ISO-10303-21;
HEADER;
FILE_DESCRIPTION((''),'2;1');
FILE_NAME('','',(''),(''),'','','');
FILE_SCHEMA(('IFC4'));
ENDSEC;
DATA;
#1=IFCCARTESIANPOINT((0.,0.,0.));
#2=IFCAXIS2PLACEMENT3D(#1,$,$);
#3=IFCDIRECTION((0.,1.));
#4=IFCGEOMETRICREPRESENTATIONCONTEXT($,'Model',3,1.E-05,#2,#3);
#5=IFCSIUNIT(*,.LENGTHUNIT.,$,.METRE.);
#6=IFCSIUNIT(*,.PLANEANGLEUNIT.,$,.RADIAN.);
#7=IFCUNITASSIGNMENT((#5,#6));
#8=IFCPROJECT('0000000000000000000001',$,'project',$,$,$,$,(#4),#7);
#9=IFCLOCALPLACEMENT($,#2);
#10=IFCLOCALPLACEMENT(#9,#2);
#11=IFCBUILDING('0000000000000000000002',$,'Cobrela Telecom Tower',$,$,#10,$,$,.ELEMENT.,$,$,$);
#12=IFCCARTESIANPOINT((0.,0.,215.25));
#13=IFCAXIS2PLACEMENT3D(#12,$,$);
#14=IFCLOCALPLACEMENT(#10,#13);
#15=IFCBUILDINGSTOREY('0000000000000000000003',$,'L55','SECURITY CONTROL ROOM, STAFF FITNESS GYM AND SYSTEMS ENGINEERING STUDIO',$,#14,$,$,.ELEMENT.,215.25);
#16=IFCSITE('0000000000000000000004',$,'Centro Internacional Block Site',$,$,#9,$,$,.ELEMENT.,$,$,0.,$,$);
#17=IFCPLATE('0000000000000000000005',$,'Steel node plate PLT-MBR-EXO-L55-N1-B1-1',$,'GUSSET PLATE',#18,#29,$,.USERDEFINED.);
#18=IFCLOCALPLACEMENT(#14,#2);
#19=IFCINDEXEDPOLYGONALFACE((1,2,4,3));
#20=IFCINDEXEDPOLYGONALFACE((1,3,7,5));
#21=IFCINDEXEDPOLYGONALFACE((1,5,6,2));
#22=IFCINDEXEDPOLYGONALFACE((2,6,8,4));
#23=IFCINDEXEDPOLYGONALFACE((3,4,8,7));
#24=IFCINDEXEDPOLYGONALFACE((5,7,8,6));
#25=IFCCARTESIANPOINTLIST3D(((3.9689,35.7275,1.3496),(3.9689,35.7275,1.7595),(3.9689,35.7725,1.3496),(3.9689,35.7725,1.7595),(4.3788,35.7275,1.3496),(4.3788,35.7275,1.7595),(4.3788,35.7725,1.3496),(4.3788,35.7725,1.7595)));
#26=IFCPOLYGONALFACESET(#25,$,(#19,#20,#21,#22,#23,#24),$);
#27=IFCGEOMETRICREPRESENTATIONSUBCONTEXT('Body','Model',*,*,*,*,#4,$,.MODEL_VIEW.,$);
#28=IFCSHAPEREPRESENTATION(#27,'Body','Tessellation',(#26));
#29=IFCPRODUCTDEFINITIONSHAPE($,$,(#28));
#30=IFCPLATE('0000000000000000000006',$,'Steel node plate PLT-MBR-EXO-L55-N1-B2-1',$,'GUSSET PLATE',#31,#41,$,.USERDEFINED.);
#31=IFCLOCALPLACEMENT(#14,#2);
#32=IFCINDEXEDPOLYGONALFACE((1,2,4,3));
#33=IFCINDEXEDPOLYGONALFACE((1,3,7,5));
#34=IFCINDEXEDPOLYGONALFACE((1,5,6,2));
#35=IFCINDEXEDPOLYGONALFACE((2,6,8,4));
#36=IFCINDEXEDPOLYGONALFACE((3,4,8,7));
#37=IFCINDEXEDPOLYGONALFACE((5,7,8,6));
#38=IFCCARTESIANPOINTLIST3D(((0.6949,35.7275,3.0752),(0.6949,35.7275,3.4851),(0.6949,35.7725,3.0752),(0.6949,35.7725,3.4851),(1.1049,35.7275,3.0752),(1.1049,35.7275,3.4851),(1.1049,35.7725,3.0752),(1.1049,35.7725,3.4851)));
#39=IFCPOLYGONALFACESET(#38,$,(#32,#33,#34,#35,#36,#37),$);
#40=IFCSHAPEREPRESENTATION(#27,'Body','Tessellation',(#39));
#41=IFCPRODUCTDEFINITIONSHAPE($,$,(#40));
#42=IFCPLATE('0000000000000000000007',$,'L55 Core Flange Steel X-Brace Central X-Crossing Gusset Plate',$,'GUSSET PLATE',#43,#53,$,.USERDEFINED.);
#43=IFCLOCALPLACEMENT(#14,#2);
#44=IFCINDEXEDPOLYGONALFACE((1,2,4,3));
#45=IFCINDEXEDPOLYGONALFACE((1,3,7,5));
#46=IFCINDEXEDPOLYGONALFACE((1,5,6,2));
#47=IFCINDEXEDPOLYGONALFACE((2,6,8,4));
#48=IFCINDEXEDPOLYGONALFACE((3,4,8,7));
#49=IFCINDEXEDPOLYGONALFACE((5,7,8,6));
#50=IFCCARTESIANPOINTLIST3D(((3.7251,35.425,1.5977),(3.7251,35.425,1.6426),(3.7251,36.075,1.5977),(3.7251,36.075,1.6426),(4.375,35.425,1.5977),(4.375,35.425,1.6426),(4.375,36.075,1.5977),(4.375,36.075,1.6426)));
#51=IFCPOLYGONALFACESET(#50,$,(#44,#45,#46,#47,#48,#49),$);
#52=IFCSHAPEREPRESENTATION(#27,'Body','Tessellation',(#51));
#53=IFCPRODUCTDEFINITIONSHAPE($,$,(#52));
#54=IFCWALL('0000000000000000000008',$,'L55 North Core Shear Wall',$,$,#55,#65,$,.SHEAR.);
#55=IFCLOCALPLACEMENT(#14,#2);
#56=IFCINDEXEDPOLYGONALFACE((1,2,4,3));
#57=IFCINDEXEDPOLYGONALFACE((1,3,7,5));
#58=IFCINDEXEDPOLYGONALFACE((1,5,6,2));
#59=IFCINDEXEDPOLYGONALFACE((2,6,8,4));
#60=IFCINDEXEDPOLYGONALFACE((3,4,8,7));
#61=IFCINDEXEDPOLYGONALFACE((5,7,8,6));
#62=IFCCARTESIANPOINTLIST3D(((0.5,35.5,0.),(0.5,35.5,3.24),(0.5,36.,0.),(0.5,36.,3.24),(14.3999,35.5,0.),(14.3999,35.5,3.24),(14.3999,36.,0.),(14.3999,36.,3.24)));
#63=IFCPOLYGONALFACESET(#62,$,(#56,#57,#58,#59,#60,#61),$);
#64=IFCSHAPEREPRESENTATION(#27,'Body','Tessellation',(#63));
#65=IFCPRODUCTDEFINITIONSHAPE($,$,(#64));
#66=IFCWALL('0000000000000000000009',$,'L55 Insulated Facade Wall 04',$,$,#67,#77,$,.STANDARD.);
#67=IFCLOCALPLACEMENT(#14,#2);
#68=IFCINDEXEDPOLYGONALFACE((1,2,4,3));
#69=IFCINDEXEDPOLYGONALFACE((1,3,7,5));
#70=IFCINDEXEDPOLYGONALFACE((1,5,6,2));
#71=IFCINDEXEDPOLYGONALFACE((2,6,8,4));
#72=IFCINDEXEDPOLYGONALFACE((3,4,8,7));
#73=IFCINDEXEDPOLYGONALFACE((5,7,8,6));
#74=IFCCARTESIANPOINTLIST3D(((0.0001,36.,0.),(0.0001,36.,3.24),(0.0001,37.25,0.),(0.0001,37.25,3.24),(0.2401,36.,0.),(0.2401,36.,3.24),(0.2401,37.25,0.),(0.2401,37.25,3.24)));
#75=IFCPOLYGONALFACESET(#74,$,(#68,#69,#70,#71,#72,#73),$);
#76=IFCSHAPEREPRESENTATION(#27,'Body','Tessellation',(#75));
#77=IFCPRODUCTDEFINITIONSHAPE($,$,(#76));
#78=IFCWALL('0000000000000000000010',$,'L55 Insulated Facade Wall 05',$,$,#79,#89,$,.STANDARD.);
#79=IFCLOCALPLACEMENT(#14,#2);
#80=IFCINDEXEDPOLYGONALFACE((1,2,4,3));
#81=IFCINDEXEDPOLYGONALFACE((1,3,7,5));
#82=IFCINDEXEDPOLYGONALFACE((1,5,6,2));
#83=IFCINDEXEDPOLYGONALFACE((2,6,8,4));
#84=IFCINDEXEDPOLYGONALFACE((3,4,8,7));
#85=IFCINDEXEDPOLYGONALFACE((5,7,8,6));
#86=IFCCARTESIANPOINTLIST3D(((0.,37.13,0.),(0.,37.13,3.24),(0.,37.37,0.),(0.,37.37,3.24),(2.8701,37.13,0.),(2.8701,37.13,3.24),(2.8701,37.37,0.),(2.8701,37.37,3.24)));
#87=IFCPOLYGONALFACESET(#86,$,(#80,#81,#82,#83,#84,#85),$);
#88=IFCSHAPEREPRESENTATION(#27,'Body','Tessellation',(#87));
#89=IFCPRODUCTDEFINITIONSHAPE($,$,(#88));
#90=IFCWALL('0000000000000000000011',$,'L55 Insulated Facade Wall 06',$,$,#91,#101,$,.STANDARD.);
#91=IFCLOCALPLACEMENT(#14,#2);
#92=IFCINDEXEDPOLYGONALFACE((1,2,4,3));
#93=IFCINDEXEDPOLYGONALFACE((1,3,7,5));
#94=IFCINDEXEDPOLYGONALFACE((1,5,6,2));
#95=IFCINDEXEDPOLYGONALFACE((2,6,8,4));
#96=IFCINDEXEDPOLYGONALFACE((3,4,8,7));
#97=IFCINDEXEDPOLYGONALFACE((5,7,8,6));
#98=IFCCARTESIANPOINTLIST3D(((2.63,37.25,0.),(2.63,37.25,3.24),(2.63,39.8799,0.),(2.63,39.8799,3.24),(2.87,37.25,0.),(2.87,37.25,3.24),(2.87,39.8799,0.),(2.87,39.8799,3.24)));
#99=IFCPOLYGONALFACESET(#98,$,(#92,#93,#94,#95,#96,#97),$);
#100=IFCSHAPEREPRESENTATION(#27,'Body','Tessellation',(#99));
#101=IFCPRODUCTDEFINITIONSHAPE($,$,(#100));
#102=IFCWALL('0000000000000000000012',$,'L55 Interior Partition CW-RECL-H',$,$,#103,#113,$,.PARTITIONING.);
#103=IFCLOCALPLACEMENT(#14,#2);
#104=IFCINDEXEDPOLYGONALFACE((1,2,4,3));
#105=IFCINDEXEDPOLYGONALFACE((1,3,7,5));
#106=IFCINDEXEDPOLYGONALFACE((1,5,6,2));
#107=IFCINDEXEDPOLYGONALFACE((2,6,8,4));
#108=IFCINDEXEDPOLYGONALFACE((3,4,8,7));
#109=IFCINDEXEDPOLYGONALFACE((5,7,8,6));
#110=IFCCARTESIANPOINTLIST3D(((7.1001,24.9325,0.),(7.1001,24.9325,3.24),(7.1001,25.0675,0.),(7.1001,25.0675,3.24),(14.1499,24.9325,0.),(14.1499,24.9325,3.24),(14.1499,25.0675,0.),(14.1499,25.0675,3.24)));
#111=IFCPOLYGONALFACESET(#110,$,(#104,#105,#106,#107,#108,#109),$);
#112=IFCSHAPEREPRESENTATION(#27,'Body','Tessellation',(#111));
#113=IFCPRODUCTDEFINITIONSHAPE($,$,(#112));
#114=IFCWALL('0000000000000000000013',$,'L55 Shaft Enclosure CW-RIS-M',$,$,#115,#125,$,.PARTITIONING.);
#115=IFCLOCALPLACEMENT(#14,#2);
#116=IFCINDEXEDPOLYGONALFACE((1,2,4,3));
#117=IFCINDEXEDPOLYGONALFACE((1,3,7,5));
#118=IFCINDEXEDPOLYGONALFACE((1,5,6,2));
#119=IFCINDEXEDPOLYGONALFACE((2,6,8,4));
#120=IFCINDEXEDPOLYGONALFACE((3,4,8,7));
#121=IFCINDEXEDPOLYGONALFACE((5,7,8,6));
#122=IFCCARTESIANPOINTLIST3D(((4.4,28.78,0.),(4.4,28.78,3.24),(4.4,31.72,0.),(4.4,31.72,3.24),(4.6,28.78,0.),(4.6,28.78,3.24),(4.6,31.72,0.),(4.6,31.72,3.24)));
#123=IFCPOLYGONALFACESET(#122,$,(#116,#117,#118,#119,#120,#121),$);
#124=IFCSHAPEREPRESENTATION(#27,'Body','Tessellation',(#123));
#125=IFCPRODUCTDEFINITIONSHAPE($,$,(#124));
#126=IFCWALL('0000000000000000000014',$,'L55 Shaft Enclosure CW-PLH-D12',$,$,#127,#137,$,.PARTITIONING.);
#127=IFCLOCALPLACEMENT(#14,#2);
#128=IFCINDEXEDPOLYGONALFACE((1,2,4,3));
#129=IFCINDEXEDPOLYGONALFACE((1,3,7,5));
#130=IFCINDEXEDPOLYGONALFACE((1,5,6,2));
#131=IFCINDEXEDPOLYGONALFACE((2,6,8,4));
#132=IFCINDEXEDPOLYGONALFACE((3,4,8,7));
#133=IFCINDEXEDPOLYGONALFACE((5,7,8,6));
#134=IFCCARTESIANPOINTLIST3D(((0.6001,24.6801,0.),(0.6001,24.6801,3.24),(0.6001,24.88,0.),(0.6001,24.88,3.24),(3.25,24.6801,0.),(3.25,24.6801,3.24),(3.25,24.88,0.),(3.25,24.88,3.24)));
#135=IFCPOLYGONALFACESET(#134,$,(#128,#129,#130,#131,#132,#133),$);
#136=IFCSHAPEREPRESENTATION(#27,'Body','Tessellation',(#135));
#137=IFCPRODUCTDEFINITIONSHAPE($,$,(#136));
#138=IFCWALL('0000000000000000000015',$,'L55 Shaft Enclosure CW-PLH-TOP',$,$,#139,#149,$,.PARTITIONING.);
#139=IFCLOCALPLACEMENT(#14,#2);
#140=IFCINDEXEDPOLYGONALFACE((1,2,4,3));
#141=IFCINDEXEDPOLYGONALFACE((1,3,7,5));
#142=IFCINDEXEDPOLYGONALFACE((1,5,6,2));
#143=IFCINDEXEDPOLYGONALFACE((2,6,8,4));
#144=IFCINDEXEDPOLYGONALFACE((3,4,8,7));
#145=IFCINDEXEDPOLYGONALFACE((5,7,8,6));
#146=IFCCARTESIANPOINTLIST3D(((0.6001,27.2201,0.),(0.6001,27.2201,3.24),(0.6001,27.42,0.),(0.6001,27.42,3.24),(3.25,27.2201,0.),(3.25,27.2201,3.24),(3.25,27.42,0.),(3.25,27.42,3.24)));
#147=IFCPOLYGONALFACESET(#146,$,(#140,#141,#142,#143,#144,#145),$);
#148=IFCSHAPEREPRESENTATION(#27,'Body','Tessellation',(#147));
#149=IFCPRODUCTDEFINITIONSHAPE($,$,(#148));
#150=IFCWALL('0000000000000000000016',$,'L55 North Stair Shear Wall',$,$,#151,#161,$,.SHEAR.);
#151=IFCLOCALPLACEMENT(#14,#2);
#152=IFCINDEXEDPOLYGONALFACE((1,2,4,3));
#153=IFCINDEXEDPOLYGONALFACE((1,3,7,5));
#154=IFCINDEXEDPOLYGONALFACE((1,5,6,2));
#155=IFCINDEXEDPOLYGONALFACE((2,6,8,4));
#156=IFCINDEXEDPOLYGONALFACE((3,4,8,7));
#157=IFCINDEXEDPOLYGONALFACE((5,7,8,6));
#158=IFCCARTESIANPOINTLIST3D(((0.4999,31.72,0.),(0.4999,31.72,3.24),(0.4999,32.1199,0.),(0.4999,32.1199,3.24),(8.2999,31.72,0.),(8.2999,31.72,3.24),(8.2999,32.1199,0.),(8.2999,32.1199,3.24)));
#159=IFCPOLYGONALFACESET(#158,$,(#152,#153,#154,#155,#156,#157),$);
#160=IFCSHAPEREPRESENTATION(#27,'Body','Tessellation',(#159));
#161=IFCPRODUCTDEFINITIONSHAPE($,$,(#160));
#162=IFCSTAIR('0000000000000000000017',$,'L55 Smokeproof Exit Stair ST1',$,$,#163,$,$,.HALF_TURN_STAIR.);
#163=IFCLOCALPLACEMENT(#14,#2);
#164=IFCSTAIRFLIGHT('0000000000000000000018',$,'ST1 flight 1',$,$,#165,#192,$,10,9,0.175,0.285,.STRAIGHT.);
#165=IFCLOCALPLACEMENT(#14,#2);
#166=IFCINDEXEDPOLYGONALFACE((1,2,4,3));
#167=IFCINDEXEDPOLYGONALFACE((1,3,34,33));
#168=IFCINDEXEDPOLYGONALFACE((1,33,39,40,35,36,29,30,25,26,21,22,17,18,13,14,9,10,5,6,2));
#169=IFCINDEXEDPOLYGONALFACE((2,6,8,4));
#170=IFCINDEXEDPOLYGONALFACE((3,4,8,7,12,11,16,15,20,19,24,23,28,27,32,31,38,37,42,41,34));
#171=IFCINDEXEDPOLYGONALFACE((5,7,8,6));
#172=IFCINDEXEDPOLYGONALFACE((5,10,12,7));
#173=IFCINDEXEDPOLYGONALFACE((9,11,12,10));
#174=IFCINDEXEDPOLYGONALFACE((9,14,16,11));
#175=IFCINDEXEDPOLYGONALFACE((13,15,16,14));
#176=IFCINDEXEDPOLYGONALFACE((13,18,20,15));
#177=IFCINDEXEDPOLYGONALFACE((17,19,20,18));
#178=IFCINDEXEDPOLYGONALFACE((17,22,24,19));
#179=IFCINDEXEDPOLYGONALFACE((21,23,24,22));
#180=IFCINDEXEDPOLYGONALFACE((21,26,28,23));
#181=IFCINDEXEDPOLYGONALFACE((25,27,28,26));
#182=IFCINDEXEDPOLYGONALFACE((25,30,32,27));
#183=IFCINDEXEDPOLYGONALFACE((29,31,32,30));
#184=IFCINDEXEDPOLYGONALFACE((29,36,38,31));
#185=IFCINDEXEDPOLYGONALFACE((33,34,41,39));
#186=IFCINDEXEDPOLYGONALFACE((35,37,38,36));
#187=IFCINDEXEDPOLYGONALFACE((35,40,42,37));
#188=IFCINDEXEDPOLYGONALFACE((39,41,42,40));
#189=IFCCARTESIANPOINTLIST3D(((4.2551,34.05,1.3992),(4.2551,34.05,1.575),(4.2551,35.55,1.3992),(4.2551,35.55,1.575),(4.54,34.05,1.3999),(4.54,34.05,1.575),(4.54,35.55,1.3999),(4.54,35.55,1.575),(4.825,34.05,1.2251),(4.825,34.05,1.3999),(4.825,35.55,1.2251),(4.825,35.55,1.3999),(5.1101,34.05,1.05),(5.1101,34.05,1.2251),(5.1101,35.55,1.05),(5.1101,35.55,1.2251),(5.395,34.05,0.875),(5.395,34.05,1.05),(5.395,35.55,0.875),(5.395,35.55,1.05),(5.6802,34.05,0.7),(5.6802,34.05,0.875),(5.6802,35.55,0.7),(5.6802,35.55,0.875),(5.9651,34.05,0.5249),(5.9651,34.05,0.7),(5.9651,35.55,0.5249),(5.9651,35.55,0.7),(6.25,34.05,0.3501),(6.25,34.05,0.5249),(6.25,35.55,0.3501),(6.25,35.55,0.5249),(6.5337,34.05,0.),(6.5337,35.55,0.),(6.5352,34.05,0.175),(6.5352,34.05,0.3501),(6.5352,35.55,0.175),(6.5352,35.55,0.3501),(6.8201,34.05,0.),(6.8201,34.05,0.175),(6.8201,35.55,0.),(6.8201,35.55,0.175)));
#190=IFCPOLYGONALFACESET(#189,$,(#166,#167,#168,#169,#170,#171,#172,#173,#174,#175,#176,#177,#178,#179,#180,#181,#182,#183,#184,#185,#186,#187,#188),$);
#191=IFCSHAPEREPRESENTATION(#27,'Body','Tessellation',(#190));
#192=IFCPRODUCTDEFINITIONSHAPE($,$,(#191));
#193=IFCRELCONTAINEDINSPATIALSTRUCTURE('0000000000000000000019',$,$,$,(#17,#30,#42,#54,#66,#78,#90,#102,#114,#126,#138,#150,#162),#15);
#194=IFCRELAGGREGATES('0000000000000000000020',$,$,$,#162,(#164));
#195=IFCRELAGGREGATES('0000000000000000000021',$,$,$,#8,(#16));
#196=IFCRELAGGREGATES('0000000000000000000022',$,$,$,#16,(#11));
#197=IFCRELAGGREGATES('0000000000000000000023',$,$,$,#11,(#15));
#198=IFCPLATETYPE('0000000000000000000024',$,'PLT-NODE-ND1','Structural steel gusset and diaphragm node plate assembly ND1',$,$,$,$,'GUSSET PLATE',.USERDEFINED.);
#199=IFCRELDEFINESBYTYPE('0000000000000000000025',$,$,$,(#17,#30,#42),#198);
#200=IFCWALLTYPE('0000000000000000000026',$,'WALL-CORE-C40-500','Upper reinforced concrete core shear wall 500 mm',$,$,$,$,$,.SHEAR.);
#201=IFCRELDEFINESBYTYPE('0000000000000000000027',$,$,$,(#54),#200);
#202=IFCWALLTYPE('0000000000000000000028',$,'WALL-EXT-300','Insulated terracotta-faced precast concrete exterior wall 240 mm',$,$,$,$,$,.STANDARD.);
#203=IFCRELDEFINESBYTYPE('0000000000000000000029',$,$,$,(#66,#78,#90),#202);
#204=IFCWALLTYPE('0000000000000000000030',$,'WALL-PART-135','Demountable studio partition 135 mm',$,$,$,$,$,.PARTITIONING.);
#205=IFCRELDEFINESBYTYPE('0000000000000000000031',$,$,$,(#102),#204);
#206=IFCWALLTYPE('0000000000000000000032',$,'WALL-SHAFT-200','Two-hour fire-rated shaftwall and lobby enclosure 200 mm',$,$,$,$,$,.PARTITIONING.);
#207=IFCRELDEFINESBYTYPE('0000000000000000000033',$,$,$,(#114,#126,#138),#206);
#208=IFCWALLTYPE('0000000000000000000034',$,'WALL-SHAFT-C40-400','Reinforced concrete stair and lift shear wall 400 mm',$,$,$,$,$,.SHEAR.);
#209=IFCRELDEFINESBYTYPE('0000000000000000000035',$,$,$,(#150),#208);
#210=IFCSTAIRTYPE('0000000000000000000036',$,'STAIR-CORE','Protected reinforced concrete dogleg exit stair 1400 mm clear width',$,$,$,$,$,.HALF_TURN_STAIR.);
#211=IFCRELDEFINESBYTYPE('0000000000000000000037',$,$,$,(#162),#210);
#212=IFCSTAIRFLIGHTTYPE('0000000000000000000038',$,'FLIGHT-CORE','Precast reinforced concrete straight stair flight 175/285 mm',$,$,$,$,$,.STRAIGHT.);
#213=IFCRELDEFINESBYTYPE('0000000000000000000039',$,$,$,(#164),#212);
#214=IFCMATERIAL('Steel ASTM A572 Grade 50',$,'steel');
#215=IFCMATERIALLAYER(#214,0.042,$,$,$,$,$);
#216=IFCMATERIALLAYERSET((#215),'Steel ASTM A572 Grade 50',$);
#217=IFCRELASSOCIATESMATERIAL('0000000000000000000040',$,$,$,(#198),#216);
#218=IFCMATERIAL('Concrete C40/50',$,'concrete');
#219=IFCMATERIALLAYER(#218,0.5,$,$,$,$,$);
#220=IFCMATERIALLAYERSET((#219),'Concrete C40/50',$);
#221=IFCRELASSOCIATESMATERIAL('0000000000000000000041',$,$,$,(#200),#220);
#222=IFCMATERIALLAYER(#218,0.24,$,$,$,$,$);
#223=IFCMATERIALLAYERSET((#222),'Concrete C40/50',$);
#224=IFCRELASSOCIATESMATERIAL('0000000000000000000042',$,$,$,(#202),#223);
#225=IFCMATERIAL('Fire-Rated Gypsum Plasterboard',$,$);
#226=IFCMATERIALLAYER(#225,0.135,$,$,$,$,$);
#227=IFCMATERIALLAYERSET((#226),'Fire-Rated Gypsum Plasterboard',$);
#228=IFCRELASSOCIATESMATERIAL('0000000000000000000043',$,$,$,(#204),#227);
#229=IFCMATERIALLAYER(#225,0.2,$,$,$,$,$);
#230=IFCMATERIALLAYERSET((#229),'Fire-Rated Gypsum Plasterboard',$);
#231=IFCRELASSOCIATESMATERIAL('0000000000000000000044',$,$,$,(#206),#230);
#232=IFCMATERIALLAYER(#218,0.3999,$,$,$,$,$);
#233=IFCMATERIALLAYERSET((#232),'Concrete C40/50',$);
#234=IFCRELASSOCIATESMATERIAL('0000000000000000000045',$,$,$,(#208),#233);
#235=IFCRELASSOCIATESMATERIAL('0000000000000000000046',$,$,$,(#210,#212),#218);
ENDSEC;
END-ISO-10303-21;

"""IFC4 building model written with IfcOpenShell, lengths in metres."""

from ifc_helpers import new_model, si_unit, direction, frame, frame_2d, origin, origin_2d, place, context, subcontext, project, spatial, polyline, rectangle, outline, extrude, material, layer, layer_set, type_object, element, aggregate, save


model = new_model("IFC4")

# Units and contexts
model_context = context("Model", 3, precision=1e-05, world=origin(), true_north=direction((0.0, 1.0)))
body_context = subcontext(model_context, "Body", "Model", "MODEL_VIEW")
ifc_project = project(units=[si_unit("LENGTHUNIT", "METRE"), si_unit("PLANEANGLEUNIT", "RADIAN")], contexts=[model_context])

# Site, building, storey
site_placement = place(None, origin())
site = spatial("IfcSite", under=ifc_project, at=site_placement, Name="Centro Internacional Block Site", CompositionType="ELEMENT", RefElevation=0.0)
building_placement = place(site_placement, origin())
building = spatial("IfcBuilding", under=site, at=building_placement, Name="Cobrela Telecom Tower", CompositionType="ELEMENT")
storey_placement = place(building_placement, frame((0.0, 0.0, 215.25)))
storey = spatial("IfcBuildingStorey", under=building, at=storey_placement, Name="L55", Description="SECURITY CONTROL ROOM, STAFF FITNESS GYM AND SYSTEMS ENGINEERING STUDIO", CompositionType="ELEMENT", Elevation=215.25)

# Shared definitions
ifc_material_1 = material(Name="Steel ASTM A572 Grade 50", Category="steel")

# Plates
ifc_layer_1 = layer(ifc_material_1, 0.042)
ifc_layer_set_1 = layer_set([ifc_layer_1], Name="Steel ASTM A572 Grade 50")
plate_type_1 = type_object("IfcPlateType", Name="PLT-NODE-ND1", Description="Structural steel gusset and diaphragm node plate assembly ND1", ElementType="GUSSET PLATE", PredefinedType="USERDEFINED", material=ifc_layer_set_1)
for number, where, z_axis, x_axis, name in (
    (1, (4.1738, 35.75, 1.3496), (0.0, 0.0, 1.0), (-1.0, 0.0, 0.0), "Steel node plate PLT-MBR-EXO-L55-N1-B1-1"),
    (2, (0.8999, 35.75, 3.0752), (0.0, 0.0, 1.0), (-1.0, 0.0, 0.0), "Steel node plate PLT-MBR-EXO-L55-N1-B2-1"),
):
    element("IfcPlate", number, at=place(storey_placement, frame(where, z_axis=z_axis, x_axis=x_axis)), inside=storey, type_object=plate_type_1, Name=name, ObjectType="GUSSET PLATE", PredefinedType="USERDEFINED", context=body_context, shape_type="SweptSolid", body=[
        extrude(rectangle(XDim=0.4099, YDim=0.0449, at=origin_2d()), origin(), (0.0, 0.0, 1.0), 0.4099),
    ])
plate_1_placement = place(storey_placement, frame((4.05, 35.75, 1.5977), z_axis=(0.0, 0.0, 1.0), x_axis=(1.0, 0.0, 0.0)))
element("IfcPlate", 3, at=plate_1_placement, inside=storey, type_object=plate_type_1, Name="L55 Core Flange Steel X-Brace Central X-Crossing Gusset Plate", ObjectType="GUSSET PLATE", PredefinedType="USERDEFINED", context=body_context, shape_type="SweptSolid", body=[
    extrude(rectangle(XDim=0.6499, YDim=0.6499, at=origin_2d()), origin(), (0.0, 0.0, 1.0), 0.0449),
])

# Walls
ifc_material_2 = material(Name="Concrete C40/50", Category="concrete")
ifc_layer_2 = layer(ifc_material_2, 0.5)
ifc_layer_set_2 = layer_set([ifc_layer_2], Name="Concrete C40/50")
wall_type_1 = type_object("IfcWallType", Name="WALL-CORE-C40-500", Description="Upper reinforced concrete core shear wall 500 mm", PredefinedType="SHEAR", material=ifc_layer_set_2)
wall_1_placement = place(storey_placement, frame((0.5, 35.75, 0.0), z_axis=(0.0, 0.0, 1.0), x_axis=(1.0, 0.0, 0.0)))
element("IfcWall", 4, at=wall_1_placement, inside=storey, type_object=wall_type_1, Name="L55 North Core Shear Wall", PredefinedType="SHEAR", context=body_context, shape_type="SweptSolid", body=[
    extrude(rectangle(XDim=13.8999, YDim=0.5, at=frame_2d((6.95, 0.0))), origin(), (0.0, 0.0, 1.0), 3.24),
])
ifc_layer_3 = layer(ifc_material_2, 0.24)
ifc_layer_set_3 = layer_set([ifc_layer_3], Name="Concrete C40/50")
wall_type_2 = type_object("IfcWallType", Name="WALL-EXT-300", Description="Insulated terracotta-faced precast concrete exterior wall 240 mm", PredefinedType="STANDARD", material=ifc_layer_set_3)
wall_2_placement = place(storey_placement, frame((0.1201, 36.0, 0.0), z_axis=(0.0, 0.0, 1.0), x_axis=(0.0, 1.0, 0.0)))
element("IfcWall", 5, at=wall_2_placement, inside=storey, type_object=wall_type_2, Name="L55 Insulated Facade Wall 04", PredefinedType="STANDARD", context=body_context, shape_type="SweptSolid", body=[
    extrude(rectangle(XDim=1.25, YDim=0.24, at=frame_2d((0.625, 0.0))), origin(), (0.0, 0.0, 1.0), 3.24),
])
wall_3_placement = place(storey_placement, frame((0.0, 37.25, 0.0), z_axis=(0.0, 0.0, 1.0), x_axis=(1.0, 0.0, 0.0)))
element("IfcWall", 6, at=wall_3_placement, inside=storey, type_object=wall_type_2, Name="L55 Insulated Facade Wall 05", PredefinedType="STANDARD", context=body_context, shape_type="SweptSolid", body=[
    extrude(rectangle(XDim=2.8701, YDim=0.24, at=frame_2d((1.4351, 0.0))), origin(), (0.0, 0.0, 1.0), 3.24),
])
wall_4_placement = place(storey_placement, frame((2.75, 37.25, 0.0), z_axis=(0.0, 0.0, 1.0), x_axis=(0.0, 1.0, 0.0)))
element("IfcWall", 7, at=wall_4_placement, inside=storey, type_object=wall_type_2, Name="L55 Insulated Facade Wall 06", PredefinedType="STANDARD", context=body_context, shape_type="SweptSolid", body=[
    extrude(rectangle(XDim=2.6299, YDim=0.24, at=frame_2d((1.3149, 0.0))), origin(), (0.0, 0.0, 1.0), 3.24),
])
ifc_material_3 = material(Name="Fire-Rated Gypsum Plasterboard")
ifc_layer_4 = layer(ifc_material_3, 0.135)
ifc_layer_set_4 = layer_set([ifc_layer_4], Name="Fire-Rated Gypsum Plasterboard")
wall_type_3 = type_object("IfcWallType", Name="WALL-PART-135", Description="Demountable studio partition 135 mm", PredefinedType="PARTITIONING", material=ifc_layer_set_4)
wall_5_placement = place(storey_placement, frame((7.1001, 25.0, 0.0), z_axis=(0.0, 0.0, 1.0), x_axis=(1.0, 0.0, 0.0)))
element("IfcWall", 8, at=wall_5_placement, inside=storey, type_object=wall_type_3, Name="L55 Interior Partition CW-RECL-H", PredefinedType="PARTITIONING", context=body_context, shape_type="SweptSolid", body=[
    extrude(rectangle(XDim=7.0498, YDim=0.135, at=frame_2d((3.5249, 0.0))), origin(), (0.0, 0.0, 1.0), 3.24),
])

# Shared definitions
ifc_layer_5 = layer(ifc_material_3, 0.2)
ifc_layer_set_5 = layer_set([ifc_layer_5], Name="Fire-Rated Gypsum Plasterboard")
wall_type_4 = type_object("IfcWallType", Name="WALL-SHAFT-200", Description="Two-hour fire-rated shaftwall and lobby enclosure 200 mm", PredefinedType="PARTITIONING", material=ifc_layer_set_5)

# Walls
wall_6_placement = place(storey_placement, frame((4.5, 28.78, 0.0), z_axis=(0.0, 0.0, 1.0), x_axis=(0.0, 1.0, 0.0)))
element("IfcWall", 9, at=wall_6_placement, inside=storey, type_object=wall_type_4, Name="L55 Shaft Enclosure CW-RIS-M", PredefinedType="PARTITIONING", context=body_context, shape_type="SweptSolid", body=[
    extrude(rectangle(XDim=2.9399, YDim=0.2, at=frame_2d((1.47, 0.0))), origin(), (0.0, 0.0, 1.0), 3.24),
])
for number, where, z_axis, x_axis, name in (
    (10, (0.6001, 24.78, 0.0), (0.0, 0.0, 1.0), (1.0, 0.0, 0.0), "L55 Shaft Enclosure CW-PLH-D12"),
    (11, (0.6001, 27.3201, 0.0), (0.0, 0.0, 1.0), (1.0, 0.0, 0.0), "L55 Shaft Enclosure CW-PLH-TOP"),
):
    element("IfcWall", number, at=place(storey_placement, frame(where, z_axis=z_axis, x_axis=x_axis)), inside=storey, type_object=wall_type_4, Name=name, PredefinedType="PARTITIONING", context=body_context, shape_type="SweptSolid", body=[
        extrude(rectangle(XDim=2.6499, YDim=0.2, at=frame_2d((1.325, 0.0))), origin(), (0.0, 0.0, 1.0), 3.24),
    ])
ifc_layer_6 = layer(ifc_material_2, 0.3999)
ifc_layer_set_6 = layer_set([ifc_layer_6], Name="Concrete C40/50")
wall_type_5 = type_object("IfcWallType", Name="WALL-SHAFT-C40-400", Description="Reinforced concrete stair and lift shear wall 400 mm", PredefinedType="SHEAR", material=ifc_layer_set_6)
wall_7_placement = place(storey_placement, frame((0.5, 31.9199, 0.0), z_axis=(0.0, 0.0, 1.0), x_axis=(1.0, 0.0, 0.0)))
element("IfcWall", 12, at=wall_7_placement, inside=storey, type_object=wall_type_5, Name="L55 North Stair Shear Wall", PredefinedType="SHEAR", context=body_context, shape_type="SweptSolid", body=[
    extrude(rectangle(XDim=7.8, YDim=0.3999, at=frame_2d((3.8999, 0.0))), origin(), (0.0, 0.0, 1.0), 3.24),
])

# Stair, stair flight
stair_type = type_object("IfcStairType", Name="STAIR-CORE", Description="Protected reinforced concrete dogleg exit stair 1400 mm clear width", PredefinedType="HALF_TURN_STAIR", material=ifc_material_2)
stair_placement = place(storey_placement, origin())
stair = element("IfcStair", 13, at=stair_placement, inside=storey, type_object=stair_type, Name="L55 Smokeproof Exit Stair ST1", PredefinedType="HALF_TURN_STAIR")
stair_flight_type = type_object("IfcStairFlightType", Name="FLIGHT-CORE", Description="Precast reinforced concrete straight stair flight 175/285 mm", PredefinedType="STRAIGHT", material=ifc_material_2)
stair_flight_1_placement = place(storey_placement, frame((6.8201, 34.8, 0.0), z_axis=(0.0, 0.0, 1.0), x_axis=(-1.0, 0.0, 0.0)))
stair_flight_1 = element("IfcStairFlight", 14, at=stair_flight_1_placement, type_object=stair_flight_type, Name="ST1 flight 1", NumberOfRisers=10, NumberOfTreads=9, PredefinedType="STRAIGHT", RiserHeight=0.175, TreadLength=0.285, context=body_context, shape_type="SweptSolid", body=[
    extrude(outline(polyline([(0.0, 0.0), (0.0, 0.175), (0.2849, 0.175), (0.2849, 0.3501), (0.5701, 0.3501), (0.5701, 0.5249), (0.855, 0.5249), (0.855, 0.7), (1.1399, 0.7), (1.1399, 0.875), (1.425, 0.875), (1.425, 1.05), (1.71, 1.05), (1.71, 1.2251), (1.9951, 1.2251), (1.9951, 1.3999), (2.28, 1.3999), (2.28, 1.575), (2.5649, 1.575), (2.5649, 1.75), (2.5649, 1.3992), (0.2864, 0.0), (0.0, 0.0)])), frame((0.0, 0.75, 0.0), z_axis=(0.0, -1.0, 0.0), x_axis=(1.0, 0.0, 0.0)), (0.0, 0.0, 1.0), 1.5),
])
aggregate(stair, [stair_flight_1])

save(model, "model.ifc")
